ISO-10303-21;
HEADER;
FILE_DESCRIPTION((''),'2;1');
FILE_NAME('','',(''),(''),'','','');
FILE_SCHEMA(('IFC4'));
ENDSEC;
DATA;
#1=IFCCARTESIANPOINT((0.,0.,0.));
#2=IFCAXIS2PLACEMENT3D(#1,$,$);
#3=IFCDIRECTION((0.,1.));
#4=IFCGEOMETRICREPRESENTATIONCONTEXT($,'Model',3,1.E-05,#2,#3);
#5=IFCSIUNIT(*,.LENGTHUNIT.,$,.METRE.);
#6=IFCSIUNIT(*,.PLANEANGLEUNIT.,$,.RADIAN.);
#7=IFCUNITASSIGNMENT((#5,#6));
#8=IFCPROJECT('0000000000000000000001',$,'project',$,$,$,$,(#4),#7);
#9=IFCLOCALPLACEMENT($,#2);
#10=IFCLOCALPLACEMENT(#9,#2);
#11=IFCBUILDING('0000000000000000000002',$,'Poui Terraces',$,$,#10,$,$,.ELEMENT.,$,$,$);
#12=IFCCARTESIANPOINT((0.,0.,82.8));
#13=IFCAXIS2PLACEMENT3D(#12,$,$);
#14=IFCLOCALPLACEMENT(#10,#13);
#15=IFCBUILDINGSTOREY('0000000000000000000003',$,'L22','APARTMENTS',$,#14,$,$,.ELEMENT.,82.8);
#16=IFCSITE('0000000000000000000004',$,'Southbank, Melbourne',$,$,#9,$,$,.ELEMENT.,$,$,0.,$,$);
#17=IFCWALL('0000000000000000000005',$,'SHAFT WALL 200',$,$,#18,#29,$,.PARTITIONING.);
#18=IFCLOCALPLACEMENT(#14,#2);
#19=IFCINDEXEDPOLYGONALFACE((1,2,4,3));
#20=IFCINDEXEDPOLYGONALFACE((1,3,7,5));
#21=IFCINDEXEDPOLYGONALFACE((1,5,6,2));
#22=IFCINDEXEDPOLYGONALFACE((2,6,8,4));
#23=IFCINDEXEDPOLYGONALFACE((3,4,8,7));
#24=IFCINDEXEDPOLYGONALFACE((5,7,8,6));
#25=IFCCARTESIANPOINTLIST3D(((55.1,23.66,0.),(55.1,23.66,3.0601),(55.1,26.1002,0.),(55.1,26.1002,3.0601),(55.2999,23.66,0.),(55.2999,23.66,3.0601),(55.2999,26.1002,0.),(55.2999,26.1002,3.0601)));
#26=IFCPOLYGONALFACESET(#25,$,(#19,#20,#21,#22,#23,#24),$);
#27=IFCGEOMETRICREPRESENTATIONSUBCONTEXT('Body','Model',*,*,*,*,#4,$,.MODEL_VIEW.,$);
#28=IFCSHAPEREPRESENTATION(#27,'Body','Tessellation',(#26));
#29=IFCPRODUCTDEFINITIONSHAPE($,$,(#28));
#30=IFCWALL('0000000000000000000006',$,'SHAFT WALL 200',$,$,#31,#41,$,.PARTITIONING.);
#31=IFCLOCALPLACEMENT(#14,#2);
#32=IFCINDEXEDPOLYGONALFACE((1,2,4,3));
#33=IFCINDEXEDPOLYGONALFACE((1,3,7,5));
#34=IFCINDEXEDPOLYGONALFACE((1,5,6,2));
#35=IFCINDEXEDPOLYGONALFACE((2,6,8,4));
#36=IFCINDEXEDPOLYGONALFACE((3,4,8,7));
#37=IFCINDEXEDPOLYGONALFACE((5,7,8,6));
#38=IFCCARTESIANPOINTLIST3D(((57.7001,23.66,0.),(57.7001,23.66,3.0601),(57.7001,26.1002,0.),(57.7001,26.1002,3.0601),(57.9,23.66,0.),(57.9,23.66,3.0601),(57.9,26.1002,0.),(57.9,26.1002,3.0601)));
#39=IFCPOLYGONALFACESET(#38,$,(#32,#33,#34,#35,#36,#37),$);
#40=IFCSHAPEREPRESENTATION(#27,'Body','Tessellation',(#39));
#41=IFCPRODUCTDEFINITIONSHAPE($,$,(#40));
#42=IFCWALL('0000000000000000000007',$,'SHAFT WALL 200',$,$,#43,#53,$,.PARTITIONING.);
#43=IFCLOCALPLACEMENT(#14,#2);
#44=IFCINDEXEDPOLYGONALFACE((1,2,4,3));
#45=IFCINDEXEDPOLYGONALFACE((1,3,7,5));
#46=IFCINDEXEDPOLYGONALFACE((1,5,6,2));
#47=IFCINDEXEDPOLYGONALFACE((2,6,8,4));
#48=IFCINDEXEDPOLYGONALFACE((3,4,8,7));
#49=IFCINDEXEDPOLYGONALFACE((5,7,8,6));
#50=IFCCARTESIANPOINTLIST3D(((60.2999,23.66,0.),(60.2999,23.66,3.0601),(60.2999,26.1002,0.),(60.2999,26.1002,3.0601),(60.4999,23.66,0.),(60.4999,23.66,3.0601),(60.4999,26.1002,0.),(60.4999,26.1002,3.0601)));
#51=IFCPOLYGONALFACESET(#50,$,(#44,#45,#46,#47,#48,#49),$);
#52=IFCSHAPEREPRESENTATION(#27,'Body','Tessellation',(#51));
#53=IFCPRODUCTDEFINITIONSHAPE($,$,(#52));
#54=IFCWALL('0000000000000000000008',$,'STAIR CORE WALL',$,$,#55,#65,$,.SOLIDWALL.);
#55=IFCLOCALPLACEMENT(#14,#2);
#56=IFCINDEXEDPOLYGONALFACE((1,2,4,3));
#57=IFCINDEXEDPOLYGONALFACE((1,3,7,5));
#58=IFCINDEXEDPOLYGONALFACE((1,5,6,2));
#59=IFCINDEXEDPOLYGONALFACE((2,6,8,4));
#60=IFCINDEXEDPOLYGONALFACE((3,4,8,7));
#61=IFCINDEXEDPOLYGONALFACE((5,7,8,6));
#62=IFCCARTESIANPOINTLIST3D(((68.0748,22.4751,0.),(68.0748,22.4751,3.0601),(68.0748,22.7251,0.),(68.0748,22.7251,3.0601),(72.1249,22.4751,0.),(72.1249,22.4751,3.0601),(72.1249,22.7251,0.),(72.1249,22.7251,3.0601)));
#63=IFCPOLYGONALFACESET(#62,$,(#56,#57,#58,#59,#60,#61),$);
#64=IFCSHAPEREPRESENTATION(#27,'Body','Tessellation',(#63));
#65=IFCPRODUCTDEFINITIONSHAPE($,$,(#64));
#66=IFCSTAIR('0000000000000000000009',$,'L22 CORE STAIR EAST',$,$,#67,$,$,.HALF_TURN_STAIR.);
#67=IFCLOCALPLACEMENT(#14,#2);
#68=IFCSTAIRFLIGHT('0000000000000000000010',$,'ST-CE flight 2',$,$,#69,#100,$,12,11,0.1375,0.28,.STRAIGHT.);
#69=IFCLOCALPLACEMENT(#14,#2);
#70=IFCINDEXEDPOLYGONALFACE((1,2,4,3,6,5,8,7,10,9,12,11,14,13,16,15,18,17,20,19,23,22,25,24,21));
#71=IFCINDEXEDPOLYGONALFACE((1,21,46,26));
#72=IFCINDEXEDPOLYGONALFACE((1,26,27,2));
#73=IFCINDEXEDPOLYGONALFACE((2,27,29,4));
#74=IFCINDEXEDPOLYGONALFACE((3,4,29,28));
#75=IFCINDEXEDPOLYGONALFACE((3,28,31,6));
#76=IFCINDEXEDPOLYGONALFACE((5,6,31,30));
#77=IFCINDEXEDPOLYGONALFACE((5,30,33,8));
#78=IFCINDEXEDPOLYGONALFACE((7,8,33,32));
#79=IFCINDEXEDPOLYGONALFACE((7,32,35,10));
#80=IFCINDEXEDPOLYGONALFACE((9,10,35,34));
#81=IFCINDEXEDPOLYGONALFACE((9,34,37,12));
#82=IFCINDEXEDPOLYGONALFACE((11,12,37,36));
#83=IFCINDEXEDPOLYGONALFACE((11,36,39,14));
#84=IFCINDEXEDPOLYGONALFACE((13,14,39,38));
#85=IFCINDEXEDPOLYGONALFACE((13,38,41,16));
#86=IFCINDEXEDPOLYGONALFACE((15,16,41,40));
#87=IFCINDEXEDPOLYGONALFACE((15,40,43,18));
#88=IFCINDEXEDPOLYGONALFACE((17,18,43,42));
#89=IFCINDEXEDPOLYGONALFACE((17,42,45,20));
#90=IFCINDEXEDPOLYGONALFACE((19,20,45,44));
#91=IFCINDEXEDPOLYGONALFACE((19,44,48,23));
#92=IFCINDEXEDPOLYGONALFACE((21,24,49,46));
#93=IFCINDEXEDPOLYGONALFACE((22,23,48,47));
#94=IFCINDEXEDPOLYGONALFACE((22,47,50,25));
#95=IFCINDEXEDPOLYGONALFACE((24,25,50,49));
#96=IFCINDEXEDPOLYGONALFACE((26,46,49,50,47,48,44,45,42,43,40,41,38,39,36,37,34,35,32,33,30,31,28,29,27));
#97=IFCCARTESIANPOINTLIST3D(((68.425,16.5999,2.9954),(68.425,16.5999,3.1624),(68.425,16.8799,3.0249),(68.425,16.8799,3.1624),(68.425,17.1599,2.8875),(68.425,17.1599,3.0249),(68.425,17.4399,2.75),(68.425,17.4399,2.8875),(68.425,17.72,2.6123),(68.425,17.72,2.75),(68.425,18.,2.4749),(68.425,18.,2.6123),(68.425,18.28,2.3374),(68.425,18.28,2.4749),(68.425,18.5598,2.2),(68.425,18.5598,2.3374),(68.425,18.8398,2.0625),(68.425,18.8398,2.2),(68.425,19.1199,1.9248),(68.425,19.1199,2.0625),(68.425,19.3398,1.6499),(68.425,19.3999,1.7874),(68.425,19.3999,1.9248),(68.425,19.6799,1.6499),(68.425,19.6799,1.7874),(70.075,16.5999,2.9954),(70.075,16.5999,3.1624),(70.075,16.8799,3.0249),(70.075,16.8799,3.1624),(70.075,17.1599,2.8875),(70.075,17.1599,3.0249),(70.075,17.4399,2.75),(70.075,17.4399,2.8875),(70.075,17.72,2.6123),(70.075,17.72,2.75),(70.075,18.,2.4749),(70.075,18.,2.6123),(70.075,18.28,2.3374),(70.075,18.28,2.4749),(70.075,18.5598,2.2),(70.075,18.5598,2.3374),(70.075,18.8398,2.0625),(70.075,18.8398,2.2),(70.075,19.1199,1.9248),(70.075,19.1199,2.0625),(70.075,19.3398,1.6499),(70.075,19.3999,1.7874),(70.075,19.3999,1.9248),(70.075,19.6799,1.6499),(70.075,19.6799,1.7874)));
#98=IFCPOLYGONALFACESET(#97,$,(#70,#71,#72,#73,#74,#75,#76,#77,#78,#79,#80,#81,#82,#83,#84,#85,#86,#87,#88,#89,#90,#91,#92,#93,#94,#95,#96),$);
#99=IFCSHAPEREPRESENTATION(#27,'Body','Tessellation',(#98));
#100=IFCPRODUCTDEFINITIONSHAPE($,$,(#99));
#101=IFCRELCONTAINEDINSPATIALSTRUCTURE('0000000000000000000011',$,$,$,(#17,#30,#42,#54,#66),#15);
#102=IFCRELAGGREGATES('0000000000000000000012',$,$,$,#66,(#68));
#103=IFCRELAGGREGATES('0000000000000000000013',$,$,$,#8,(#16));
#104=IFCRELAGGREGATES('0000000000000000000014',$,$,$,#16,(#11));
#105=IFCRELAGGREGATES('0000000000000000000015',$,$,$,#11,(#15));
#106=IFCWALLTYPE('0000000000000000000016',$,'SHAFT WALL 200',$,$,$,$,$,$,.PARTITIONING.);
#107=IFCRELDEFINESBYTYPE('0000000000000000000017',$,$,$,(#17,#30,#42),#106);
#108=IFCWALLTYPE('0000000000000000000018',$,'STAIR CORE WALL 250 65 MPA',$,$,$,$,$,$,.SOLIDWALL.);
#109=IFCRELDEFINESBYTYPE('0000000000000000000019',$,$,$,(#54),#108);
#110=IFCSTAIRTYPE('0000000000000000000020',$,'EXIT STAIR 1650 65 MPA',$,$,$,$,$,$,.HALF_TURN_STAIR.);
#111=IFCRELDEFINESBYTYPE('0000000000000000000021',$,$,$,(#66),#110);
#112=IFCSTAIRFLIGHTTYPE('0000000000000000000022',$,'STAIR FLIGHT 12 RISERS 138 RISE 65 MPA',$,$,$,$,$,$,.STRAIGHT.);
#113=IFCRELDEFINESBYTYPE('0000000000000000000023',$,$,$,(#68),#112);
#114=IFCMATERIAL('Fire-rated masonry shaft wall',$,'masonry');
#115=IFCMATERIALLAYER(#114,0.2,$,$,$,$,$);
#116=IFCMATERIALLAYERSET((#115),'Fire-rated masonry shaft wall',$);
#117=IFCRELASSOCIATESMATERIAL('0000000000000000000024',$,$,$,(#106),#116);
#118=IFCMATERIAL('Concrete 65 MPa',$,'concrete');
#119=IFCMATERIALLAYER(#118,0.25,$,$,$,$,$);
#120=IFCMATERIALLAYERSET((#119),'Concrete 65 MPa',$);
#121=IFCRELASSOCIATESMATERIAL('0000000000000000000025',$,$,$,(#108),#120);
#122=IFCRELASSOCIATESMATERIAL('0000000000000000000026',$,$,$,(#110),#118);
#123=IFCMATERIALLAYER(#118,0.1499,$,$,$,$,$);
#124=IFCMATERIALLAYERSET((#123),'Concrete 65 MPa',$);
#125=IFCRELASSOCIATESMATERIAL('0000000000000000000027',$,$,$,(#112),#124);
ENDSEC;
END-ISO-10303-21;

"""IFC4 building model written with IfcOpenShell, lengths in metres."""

from ifc_helpers import new_model, si_unit, direction, frame, frame_2d, origin, place, context, subcontext, project, spatial, polyline, rectangle, outline, extrude, material, layer, layer_set, type_object, element, aggregate, save


model = new_model("IFC4")

# Units and contexts
model_context = context("Model", 3, precision=1e-05, world=origin(), true_north=direction((0.0, 1.0)))
body_context = subcontext(model_context, "Body", "Model", "MODEL_VIEW")
ifc_project = project(units=[si_unit("LENGTHUNIT", "METRE"), si_unit("PLANEANGLEUNIT", "RADIAN")], contexts=[model_context])

# Site, building, storey
site_placement = place(None, origin())
site = spatial("IfcSite", under=ifc_project, at=site_placement, Name="Southbank, Melbourne", CompositionType="ELEMENT", RefElevation=0.0)
building_placement = place(site_placement, origin())
building = spatial("IfcBuilding", under=site, at=building_placement, Name="Poui Terraces", CompositionType="ELEMENT")
storey_placement = place(building_placement, frame((0.0, 0.0, 82.8)))
storey = spatial("IfcBuildingStorey", under=building, at=storey_placement, Name="L22", Description="APARTMENTS", CompositionType="ELEMENT", Elevation=82.8)

# Shared definitions
ifc_material_1 = material(Name="Concrete 65 MPa", Category="concrete")

# Walls
ifc_material_2 = material(Name="Fire-rated masonry shaft wall", Category="masonry")
ifc_layer_1 = layer(ifc_material_2, 0.2)
ifc_layer_set_1 = layer_set([ifc_layer_1], Name="Fire-rated masonry shaft wall")
wall_type_1 = type_object("IfcWallType", Name="SHAFT WALL 200", PredefinedType="PARTITIONING", material=ifc_layer_set_1)
for number, where, z_axis, x_axis, name in (
    (1, (55.2, 23.6599, 0.0), (0.0, 0.0, 1.0), (0.0, 1.0, 0.0), "SHAFT WALL 200"),
    (2, (57.8, 23.6599, 0.0), (0.0, 0.0, 1.0), (0.0, 1.0, 0.0), "SHAFT WALL 200"),
    (3, (60.3999, 23.6599, 0.0), (0.0, 0.0, 1.0), (0.0, 1.0, 0.0), "SHAFT WALL 200"),
):
    element("IfcWall", number, at=place(storey_placement, frame(where, z_axis=z_axis, x_axis=x_axis)), inside=storey, type_object=wall_type_1, Name=name, PredefinedType="PARTITIONING", context=body_context, shape_type="SweptSolid", body=[
        extrude(rectangle(XDim=2.4402, YDim=0.2, at=frame_2d((1.2202, 0.0))), origin(), (0.0, 0.0, 1.0), 3.0601),
    ])
ifc_layer_2 = layer(ifc_material_1, 0.25)
ifc_layer_set_2 = layer_set([ifc_layer_2], Name="Concrete 65 MPa")
wall_type_2 = type_object("IfcWallType", Name="STAIR CORE WALL 250 65 MPA", PredefinedType="SOLIDWALL", material=ifc_layer_set_2)
wall_1_placement = place(storey_placement, frame((68.075, 22.6001, 0.0), z_axis=(0.0, 0.0, 1.0), x_axis=(1.0, 0.0, 0.0)))
element("IfcWall", 4, at=wall_1_placement, inside=storey, type_object=wall_type_2, Name="STAIR CORE WALL", PredefinedType="SOLIDWALL", context=body_context, shape_type="SweptSolid", body=[
    extrude(rectangle(XDim=4.05, YDim=0.25, at=frame_2d((2.0249, 0.0))), origin(), (0.0, 0.0, 1.0), 3.0601),
])

# Stair, stair flight
stair_type = type_object("IfcStairType", Name="EXIT STAIR 1650 65 MPA", PredefinedType="HALF_TURN_STAIR", material=ifc_material_1)
stair_placement = place(storey_placement, origin())
stair = element("IfcStair", 5, at=stair_placement, inside=storey, type_object=stair_type, Name="L22 CORE STAIR EAST", PredefinedType="HALF_TURN_STAIR")
ifc_layer_3 = layer(ifc_material_1, 0.1499)
ifc_layer_set_3 = layer_set([ifc_layer_3], Name="Concrete 65 MPa")
stair_flight_type = type_object("IfcStairFlightType", Name="STAIR FLIGHT 12 RISERS 138 RISE 65 MPA", PredefinedType="STRAIGHT", material=ifc_layer_set_3)
stair_flight_placement = place(storey_placement, frame((69.25, 19.6799, 1.6499), z_axis=(0.0, 0.0, 1.0), x_axis=(0.0, -1.0, 0.0)))
stair_flight = element("IfcStairFlight", 6, at=stair_flight_placement, type_object=stair_flight_type, Name="ST-CE flight 2", NumberOfRisers=12, NumberOfTreads=11, PredefinedType="STRAIGHT", RiserHeight=0.1375, TreadLength=0.28, context=body_context, shape_type="SweptSolid", body=[
    extrude(outline(polyline([(0.0, 0.0), (0.0, 0.1375), (0.28, 0.1375), (0.28, 0.2749), (0.5601, 0.2749), (0.5601, 0.4126), (0.8401, 0.4126), (0.8401, 0.55), (1.1201, 0.55), (1.1201, 0.6875), (1.3999, 0.6875), (1.3999, 0.825), (1.6799, 0.825), (1.6799, 0.9624), (1.96, 0.9624), (1.96, 1.1001), (2.24, 1.1001), (2.24, 1.2375), (2.52, 1.2375), (2.52, 1.375), (2.8, 1.375), (2.8, 1.5125), (3.0801, 1.5125), (3.0801, 1.6499), (3.0801, 1.3455), (0.3401, 0.0), (0.0, 0.0)])), frame((0.0, 0.825, 0.0), z_axis=(0.0, -1.0, 0.0), x_axis=(1.0, 0.0, 0.0)), (0.0, 0.0, 1.0), 1.6499),
])
aggregate(stair, [stair_flight])

save(model, "model.ifc")
